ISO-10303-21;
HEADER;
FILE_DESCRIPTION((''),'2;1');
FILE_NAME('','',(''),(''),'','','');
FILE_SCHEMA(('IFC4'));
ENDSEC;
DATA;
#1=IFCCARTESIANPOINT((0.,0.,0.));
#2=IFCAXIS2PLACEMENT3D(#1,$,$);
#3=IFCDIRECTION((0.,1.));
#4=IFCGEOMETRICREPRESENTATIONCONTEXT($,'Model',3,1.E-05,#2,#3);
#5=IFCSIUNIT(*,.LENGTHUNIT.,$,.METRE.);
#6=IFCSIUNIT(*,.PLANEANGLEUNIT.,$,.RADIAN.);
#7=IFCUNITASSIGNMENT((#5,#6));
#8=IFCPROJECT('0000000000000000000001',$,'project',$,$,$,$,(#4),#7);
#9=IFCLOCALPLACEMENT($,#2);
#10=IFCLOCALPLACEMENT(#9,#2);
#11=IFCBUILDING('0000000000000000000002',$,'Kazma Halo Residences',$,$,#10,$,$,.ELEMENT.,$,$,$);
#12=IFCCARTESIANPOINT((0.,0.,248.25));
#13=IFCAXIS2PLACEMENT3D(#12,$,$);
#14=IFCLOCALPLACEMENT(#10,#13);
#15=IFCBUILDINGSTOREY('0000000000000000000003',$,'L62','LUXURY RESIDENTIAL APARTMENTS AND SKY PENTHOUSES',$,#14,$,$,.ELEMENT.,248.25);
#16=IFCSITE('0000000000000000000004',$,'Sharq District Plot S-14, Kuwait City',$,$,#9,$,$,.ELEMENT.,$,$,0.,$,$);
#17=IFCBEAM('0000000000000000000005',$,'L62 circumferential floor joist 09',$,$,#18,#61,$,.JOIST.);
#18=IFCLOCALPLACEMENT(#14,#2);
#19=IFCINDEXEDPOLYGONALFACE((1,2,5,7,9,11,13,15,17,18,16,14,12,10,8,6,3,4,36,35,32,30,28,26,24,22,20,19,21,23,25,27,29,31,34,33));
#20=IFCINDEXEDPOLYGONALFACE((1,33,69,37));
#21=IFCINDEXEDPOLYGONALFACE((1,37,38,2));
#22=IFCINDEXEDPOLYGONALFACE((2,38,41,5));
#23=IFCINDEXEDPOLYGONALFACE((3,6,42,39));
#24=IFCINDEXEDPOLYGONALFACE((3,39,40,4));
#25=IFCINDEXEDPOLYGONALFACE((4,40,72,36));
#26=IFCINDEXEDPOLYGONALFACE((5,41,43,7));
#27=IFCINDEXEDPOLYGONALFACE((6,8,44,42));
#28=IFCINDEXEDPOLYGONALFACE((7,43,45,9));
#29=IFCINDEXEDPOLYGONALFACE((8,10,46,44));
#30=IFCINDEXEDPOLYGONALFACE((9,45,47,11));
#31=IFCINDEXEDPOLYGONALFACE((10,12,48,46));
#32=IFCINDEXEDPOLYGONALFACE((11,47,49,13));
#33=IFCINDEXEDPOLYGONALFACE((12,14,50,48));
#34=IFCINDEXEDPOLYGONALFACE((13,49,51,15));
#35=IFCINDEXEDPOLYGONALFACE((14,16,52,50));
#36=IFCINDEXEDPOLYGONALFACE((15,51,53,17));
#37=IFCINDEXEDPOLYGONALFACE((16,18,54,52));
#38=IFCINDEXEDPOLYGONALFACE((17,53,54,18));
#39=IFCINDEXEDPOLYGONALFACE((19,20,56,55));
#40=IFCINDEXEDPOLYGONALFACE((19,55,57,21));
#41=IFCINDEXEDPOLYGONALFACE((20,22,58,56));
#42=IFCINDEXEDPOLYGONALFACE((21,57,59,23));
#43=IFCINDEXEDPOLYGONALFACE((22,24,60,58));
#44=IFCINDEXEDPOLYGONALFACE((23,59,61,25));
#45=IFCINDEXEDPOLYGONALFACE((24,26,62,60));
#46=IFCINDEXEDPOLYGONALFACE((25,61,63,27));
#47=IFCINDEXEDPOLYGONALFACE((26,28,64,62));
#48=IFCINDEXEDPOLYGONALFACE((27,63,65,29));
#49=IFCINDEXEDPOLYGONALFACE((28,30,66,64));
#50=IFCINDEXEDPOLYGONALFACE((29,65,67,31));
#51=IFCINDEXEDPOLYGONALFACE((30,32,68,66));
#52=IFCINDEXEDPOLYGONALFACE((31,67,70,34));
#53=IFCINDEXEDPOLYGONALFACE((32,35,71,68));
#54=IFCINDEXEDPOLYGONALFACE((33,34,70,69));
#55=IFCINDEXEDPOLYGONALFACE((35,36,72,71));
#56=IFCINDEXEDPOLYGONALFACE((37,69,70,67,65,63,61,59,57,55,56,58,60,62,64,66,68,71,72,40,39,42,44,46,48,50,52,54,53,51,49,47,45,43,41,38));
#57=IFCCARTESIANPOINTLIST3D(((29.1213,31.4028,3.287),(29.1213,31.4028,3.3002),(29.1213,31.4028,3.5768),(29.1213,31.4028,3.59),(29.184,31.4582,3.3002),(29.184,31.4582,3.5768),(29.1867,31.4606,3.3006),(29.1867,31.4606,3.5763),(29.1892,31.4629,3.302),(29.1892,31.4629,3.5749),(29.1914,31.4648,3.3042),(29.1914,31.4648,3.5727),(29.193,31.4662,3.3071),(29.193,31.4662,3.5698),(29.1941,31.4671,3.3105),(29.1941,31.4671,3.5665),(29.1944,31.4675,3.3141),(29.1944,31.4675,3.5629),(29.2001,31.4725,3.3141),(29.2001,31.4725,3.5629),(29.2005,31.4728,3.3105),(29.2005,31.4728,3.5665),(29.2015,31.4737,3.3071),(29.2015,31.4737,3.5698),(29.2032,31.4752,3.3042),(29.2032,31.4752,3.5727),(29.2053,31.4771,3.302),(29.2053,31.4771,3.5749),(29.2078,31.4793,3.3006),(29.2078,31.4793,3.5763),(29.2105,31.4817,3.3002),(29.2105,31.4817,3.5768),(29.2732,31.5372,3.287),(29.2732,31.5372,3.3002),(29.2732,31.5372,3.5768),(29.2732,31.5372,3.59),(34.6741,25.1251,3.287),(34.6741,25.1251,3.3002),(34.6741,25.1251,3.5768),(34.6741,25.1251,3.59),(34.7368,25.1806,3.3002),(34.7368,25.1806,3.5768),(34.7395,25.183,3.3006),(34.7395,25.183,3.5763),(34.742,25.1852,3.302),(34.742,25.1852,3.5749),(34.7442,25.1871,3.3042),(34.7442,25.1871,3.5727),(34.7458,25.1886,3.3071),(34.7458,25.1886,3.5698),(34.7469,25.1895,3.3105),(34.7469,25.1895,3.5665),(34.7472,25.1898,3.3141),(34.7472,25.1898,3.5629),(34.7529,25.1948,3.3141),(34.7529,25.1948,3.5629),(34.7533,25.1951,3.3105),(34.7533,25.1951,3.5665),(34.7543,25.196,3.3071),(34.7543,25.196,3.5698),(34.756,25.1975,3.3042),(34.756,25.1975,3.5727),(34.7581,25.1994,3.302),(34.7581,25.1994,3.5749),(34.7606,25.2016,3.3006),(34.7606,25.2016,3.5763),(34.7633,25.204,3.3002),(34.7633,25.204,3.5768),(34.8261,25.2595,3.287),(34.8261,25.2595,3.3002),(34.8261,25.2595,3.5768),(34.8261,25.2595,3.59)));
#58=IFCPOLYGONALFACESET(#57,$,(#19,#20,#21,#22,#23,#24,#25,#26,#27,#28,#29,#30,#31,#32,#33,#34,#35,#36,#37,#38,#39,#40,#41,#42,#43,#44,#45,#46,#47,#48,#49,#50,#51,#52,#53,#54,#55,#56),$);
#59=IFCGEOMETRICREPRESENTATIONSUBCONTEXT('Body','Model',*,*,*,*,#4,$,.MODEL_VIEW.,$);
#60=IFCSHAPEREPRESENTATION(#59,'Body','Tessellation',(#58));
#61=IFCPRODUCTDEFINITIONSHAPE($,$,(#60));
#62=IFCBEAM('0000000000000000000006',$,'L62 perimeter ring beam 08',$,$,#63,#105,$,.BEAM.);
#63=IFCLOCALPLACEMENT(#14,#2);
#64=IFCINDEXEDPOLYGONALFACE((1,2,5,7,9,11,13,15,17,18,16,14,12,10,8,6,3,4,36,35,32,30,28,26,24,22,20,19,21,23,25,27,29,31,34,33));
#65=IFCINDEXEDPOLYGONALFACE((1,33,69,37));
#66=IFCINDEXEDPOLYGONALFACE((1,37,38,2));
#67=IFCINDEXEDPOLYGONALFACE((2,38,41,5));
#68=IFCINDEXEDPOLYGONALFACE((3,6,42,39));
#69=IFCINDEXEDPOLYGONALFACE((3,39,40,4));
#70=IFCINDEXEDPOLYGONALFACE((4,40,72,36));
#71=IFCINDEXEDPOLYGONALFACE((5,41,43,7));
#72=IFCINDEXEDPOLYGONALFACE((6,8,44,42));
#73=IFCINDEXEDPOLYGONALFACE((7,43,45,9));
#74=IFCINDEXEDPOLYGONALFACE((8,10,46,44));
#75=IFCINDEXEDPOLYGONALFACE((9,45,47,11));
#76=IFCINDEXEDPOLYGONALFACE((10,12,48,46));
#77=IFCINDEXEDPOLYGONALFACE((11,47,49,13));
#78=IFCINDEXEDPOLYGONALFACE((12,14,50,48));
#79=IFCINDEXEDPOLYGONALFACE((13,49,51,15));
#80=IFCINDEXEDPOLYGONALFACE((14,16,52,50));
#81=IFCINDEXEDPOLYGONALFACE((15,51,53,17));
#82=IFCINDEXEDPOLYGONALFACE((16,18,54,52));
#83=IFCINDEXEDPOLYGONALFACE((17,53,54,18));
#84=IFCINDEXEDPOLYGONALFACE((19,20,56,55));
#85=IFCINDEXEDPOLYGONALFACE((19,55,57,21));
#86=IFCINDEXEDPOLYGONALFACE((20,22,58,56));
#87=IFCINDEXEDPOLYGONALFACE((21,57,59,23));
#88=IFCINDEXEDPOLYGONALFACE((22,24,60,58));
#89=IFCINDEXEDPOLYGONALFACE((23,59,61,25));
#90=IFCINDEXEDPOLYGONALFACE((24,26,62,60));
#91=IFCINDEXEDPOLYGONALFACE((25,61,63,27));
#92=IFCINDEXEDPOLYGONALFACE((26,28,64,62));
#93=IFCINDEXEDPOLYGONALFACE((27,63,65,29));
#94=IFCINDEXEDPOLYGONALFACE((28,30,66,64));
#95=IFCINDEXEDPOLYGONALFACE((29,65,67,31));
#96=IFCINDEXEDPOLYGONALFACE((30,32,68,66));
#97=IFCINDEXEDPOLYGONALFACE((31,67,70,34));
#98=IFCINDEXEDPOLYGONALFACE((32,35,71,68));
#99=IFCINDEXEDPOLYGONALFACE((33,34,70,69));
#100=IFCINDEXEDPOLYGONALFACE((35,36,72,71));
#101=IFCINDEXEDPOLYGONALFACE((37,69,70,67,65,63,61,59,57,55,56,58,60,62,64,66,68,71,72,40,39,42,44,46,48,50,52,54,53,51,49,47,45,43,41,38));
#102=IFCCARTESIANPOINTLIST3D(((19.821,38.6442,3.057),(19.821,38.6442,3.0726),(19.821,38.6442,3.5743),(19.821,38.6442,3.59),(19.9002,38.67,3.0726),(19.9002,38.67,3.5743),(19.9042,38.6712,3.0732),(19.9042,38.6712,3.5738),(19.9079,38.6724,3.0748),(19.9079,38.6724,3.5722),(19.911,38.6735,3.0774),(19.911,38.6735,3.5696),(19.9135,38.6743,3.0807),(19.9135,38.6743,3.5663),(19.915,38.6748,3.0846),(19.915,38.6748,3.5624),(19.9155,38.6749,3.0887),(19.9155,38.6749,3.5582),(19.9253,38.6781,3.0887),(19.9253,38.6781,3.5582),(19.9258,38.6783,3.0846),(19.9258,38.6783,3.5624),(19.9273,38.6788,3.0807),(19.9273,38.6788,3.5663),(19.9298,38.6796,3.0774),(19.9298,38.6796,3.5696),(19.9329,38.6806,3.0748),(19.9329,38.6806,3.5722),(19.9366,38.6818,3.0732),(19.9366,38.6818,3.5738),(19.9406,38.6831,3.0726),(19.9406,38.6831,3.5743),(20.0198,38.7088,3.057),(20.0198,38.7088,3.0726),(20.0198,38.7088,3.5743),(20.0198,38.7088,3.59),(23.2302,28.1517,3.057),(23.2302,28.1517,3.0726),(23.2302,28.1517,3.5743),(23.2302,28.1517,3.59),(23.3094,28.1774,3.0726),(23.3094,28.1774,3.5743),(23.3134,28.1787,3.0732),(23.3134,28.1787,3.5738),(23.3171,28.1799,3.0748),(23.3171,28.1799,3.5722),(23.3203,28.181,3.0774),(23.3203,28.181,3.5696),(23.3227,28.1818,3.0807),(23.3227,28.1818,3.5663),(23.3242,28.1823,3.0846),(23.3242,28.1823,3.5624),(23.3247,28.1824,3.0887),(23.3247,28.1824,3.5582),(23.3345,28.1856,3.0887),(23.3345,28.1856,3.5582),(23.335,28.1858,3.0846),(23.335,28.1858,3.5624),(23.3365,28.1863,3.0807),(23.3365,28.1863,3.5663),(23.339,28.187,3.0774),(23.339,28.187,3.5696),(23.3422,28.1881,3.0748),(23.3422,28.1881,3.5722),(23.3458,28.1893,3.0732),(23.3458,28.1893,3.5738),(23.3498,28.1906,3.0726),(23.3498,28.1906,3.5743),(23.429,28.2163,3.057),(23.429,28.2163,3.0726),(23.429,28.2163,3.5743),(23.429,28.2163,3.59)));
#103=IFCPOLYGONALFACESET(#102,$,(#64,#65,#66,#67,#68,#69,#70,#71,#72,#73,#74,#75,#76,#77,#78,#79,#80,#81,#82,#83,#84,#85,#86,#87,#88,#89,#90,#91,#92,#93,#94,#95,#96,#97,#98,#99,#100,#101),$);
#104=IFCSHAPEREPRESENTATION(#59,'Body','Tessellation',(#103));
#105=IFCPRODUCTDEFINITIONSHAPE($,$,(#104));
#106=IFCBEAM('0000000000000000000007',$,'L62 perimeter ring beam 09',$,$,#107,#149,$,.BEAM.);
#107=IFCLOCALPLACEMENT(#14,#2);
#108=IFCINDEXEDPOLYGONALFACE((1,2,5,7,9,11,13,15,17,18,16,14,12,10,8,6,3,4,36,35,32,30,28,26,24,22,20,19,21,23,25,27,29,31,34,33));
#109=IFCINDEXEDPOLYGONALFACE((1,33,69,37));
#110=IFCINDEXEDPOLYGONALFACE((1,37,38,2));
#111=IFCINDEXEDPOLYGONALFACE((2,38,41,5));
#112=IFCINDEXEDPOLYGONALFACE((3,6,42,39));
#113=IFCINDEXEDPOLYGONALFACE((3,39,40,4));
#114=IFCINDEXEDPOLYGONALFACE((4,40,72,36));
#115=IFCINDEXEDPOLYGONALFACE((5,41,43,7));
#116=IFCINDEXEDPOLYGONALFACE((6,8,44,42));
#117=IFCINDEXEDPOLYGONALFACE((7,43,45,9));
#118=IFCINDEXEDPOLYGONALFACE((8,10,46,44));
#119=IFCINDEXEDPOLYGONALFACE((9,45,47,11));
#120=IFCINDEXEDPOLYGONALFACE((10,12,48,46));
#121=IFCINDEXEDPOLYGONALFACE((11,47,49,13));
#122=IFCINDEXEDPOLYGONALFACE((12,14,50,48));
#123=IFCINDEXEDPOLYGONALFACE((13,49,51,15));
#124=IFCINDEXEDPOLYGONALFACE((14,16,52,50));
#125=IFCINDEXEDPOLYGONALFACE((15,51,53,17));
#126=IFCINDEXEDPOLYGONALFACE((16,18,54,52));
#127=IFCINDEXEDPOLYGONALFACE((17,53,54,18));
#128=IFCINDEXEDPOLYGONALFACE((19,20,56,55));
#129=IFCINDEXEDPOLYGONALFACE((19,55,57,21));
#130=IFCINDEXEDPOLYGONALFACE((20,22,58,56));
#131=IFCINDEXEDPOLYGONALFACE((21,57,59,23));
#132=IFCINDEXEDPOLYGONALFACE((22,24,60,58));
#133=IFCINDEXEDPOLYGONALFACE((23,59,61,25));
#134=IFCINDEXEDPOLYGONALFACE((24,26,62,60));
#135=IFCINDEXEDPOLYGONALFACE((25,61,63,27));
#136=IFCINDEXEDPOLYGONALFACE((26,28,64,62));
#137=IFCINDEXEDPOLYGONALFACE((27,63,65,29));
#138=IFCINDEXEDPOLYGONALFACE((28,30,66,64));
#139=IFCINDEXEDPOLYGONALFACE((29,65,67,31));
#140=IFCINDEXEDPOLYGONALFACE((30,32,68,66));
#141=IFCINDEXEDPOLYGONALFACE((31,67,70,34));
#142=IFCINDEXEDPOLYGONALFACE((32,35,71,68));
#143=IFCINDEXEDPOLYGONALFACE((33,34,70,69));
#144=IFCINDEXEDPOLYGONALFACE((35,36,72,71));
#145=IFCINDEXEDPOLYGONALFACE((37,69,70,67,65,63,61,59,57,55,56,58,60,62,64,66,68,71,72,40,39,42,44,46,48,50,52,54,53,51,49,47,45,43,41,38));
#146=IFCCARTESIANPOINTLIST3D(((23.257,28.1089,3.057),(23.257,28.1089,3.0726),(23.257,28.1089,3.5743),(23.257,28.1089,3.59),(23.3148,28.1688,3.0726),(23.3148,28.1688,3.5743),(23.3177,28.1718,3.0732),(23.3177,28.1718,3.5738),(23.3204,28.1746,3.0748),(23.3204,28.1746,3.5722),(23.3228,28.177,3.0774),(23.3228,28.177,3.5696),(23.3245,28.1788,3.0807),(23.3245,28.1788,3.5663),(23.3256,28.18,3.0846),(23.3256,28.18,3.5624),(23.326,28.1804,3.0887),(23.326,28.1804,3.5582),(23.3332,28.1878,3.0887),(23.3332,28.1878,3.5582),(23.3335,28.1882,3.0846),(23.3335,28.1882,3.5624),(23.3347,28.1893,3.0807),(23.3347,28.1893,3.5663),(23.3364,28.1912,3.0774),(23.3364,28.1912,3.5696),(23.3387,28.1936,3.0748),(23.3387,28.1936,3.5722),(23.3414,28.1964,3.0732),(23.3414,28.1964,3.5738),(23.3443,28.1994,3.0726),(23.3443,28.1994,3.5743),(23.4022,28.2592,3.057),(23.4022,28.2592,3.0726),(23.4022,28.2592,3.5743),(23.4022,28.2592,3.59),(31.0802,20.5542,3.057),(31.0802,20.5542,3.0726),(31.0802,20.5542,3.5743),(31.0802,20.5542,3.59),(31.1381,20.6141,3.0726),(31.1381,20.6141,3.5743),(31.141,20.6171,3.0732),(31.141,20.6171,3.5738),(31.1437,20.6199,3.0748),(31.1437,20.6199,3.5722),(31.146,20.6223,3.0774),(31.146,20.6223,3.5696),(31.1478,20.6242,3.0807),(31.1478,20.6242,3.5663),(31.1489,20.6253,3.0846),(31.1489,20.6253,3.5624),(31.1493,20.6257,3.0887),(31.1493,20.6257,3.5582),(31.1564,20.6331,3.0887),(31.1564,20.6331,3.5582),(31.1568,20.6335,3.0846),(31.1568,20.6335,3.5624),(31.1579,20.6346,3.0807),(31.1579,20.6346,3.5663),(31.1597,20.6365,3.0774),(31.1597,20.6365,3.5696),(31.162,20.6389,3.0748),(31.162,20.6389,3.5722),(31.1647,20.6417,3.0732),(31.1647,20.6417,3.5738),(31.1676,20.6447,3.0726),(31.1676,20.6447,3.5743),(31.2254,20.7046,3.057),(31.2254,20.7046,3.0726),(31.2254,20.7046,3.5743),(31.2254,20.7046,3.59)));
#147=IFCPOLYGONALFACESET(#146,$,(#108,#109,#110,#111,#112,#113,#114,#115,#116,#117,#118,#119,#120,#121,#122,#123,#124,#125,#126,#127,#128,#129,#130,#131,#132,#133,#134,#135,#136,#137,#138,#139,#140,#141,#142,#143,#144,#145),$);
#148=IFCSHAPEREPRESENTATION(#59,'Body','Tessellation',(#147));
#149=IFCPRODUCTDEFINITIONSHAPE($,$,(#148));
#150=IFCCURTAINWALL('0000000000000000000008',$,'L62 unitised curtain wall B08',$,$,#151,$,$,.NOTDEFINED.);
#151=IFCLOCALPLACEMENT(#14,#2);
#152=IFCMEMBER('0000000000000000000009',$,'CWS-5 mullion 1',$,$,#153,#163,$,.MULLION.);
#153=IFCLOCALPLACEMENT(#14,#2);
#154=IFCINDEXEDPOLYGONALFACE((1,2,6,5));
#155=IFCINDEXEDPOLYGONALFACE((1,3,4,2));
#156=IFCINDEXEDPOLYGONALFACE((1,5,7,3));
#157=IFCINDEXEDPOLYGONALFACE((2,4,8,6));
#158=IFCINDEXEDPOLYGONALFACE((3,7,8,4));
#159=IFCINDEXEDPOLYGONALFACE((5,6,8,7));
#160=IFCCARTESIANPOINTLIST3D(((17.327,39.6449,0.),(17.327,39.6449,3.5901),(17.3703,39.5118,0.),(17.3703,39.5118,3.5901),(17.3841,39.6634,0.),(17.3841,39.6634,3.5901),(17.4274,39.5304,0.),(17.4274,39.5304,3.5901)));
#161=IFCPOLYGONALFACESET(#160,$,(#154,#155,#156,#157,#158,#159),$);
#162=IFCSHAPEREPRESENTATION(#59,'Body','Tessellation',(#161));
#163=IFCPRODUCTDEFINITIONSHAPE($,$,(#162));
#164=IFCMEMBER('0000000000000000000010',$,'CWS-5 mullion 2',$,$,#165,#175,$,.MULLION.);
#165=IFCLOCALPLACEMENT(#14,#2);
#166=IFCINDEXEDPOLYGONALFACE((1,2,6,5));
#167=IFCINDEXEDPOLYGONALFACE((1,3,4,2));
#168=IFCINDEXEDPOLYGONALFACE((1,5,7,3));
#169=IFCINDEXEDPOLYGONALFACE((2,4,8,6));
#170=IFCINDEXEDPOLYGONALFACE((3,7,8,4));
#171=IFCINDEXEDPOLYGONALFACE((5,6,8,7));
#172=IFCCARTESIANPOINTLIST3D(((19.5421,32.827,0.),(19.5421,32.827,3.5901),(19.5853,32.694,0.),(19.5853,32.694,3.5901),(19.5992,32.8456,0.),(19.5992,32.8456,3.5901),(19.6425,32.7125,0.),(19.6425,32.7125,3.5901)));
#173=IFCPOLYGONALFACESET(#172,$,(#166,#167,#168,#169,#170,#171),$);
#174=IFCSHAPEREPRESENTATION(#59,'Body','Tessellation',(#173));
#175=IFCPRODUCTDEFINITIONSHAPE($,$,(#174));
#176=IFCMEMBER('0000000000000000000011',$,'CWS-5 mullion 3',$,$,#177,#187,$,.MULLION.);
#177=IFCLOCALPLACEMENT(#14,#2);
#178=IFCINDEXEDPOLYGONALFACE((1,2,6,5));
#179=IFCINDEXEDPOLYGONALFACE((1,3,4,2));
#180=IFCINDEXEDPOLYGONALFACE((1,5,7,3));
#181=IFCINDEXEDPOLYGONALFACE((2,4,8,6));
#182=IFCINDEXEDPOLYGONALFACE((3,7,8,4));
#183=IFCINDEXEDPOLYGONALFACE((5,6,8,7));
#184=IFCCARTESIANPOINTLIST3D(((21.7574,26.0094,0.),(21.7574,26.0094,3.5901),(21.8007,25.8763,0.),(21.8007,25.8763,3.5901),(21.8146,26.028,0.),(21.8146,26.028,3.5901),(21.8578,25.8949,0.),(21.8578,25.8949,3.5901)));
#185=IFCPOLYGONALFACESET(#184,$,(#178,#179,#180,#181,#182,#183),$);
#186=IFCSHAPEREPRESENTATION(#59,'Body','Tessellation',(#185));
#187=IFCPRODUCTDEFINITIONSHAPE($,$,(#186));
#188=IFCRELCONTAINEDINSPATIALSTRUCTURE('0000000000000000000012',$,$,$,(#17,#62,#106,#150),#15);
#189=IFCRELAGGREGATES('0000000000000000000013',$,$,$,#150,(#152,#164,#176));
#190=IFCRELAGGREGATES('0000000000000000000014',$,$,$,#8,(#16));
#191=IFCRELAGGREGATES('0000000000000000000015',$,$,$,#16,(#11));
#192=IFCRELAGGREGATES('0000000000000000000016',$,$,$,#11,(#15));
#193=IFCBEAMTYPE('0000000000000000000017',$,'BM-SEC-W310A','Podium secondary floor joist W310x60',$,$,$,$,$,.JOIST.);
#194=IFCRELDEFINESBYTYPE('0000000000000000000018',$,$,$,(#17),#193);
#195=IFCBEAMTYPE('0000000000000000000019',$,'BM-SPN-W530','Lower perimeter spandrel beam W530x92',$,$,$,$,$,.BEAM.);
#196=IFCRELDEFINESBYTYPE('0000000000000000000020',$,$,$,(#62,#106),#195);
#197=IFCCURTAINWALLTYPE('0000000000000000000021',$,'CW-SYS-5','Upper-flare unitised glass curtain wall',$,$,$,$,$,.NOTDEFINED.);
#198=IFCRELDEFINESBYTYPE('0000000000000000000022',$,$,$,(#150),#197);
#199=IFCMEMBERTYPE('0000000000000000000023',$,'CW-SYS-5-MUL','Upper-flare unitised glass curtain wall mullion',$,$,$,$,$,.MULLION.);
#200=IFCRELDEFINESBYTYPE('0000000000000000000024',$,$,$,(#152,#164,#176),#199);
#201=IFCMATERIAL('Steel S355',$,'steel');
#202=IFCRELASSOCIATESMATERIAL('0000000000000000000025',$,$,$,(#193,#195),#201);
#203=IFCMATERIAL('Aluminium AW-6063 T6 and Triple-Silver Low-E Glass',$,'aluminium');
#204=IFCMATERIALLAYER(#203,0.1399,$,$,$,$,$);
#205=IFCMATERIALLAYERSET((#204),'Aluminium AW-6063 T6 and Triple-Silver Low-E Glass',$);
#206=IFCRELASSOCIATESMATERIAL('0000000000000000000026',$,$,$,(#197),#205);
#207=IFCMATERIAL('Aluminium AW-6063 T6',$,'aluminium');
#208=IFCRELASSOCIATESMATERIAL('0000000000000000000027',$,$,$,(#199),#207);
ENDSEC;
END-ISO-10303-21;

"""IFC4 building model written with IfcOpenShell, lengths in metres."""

from ifc_helpers import new_model, si_unit, direction, frame, origin, origin_2d, place, context, subcontext, project, spatial, rectangle, i_section, extrude, material, layer, layer_set, material_profile, profile_set, type_object, element, aggregate, save


model = new_model("IFC4")

# Units and contexts
model_context = context("Model", 3, precision=1e-05, world=origin(), true_north=direction((0.0, 1.0)))
body_context = subcontext(model_context, "Body", "Model", "MODEL_VIEW")
ifc_project = project(units=[si_unit("LENGTHUNIT", "METRE"), si_unit("PLANEANGLEUNIT", "RADIAN")], contexts=[model_context])

# Site, building, storey
site_placement = place(None, origin())
site = spatial("IfcSite", under=ifc_project, at=site_placement, Name="Sharq District Plot S-14, Kuwait City", CompositionType="ELEMENT", RefElevation=0.0)
building_placement = place(site_placement, origin())
building = spatial("IfcBuilding", under=site, at=building_placement, Name="Kazma Halo Residences", CompositionType="ELEMENT")
storey_placement = place(building_placement, frame((0.0, 0.0, 248.25)))
storey = spatial("IfcBuildingStorey", under=building, at=storey_placement, Name="L62", Description="LUXURY RESIDENTIAL APARTMENTS AND SKY PENTHOUSES", CompositionType="ELEMENT", Elevation=248.25)

# Beams
ifc_material_1 = material(Name="Steel S355", Category="steel")
ifc_material_profile_1 = material_profile(ifc_material_1, i_section(OverallWidth=0.2029, OverallDepth=0.303, WebThickness=0.0076, FlangeThickness=0.0132, FilletRadius=0.0139, at=origin_2d()), Name="W310x60")
ifc_profile_set_1 = profile_set([ifc_material_profile_1], Name="Steel S355")
beam_type_1 = type_object("IfcBeamType", Name="BM-SEC-W310A", Description="Podium secondary floor joist W310x60", PredefinedType="JOIST", material=ifc_profile_set_1)
beam_1_placement = place(storey_placement, frame((29.1973, 31.47, 3.4385), z_axis=(0.662539, -0.749027, 0.0), x_axis=(0.749027, 0.662539, 0.0)))
element("IfcBeam", 1, at=beam_1_placement, inside=storey, type_object=beam_type_1, Name="L62 circumferential floor joist 09", PredefinedType="JOIST", context=body_context, shape_type="SweptSolid", body=[
    extrude(i_section(OverallWidth=0.2029, OverallDepth=0.303, WebThickness=0.0076, FlangeThickness=0.0132, FilletRadius=0.0139, at=origin_2d()), origin(), (0.0, 0.0, 1.0), 8.3811),
])
ifc_material_profile_2 = material_profile(ifc_material_1, i_section(OverallWidth=0.209, OverallDepth=0.533, WebThickness=0.0103, FlangeThickness=0.0156, FilletRadius=0.0161, at=origin_2d()), Name="W530x92")
ifc_profile_set_2 = profile_set([ifc_material_profile_2], Name="Steel S355")
beam_type_2 = type_object("IfcBeamType", Name="BM-SPN-W530", Description="Lower perimeter spandrel beam W530x92", PredefinedType="BEAM", material=ifc_profile_set_2)
beam_2_placement = place(storey_placement, frame((19.9204, 38.6765, 3.3235), z_axis=(0.309016, -0.951057, 0.0), x_axis=(0.951057, 0.309016, 0.0)))
element("IfcBeam", 2, at=beam_2_placement, inside=storey, type_object=beam_type_2, Name="L62 perimeter ring beam 08", PredefinedType="BEAM", context=body_context, shape_type="SweptSolid", body=[
    extrude(i_section(OverallWidth=0.209, OverallDepth=0.533, WebThickness=0.0103, FlangeThickness=0.0156, FilletRadius=0.0161, at=origin_2d()), origin(), (0.0, 0.0, 1.0), 11.0325),
])
beam_3_placement = place(storey_placement, frame((23.3296, 28.1841, 3.3235), z_axis=(0.719346, -0.694652, 0.0), x_axis=(0.694652, 0.719346, 0.0)))
element("IfcBeam", 3, at=beam_3_placement, inside=storey, type_object=beam_type_2, Name="L62 perimeter ring beam 09", PredefinedType="BEAM", context=body_context, shape_type="SweptSolid", body=[
    extrude(i_section(OverallWidth=0.209, OverallDepth=0.533, WebThickness=0.0103, FlangeThickness=0.0156, FilletRadius=0.0161, at=origin_2d()), origin(), (0.0, 0.0, 1.0), 10.8755),
])

# Curtain wall, members
ifc_material_2 = material(Name="Aluminium AW-6063 T6 and Triple-Silver Low-E Glass", Category="aluminium")
ifc_layer_1 = layer(ifc_material_2, 0.1399)
ifc_layer_set_1 = layer_set([ifc_layer_1], Name="Aluminium AW-6063 T6 and Triple-Silver Low-E Glass")
curtain_wall_type = type_object("IfcCurtainWallType", Name="CW-SYS-5", Description="Upper-flare unitised glass curtain wall", PredefinedType="NOTDEFINED", material=ifc_layer_set_1)
curtain_wall_placement = place(storey_placement, origin())
curtain_wall = element("IfcCurtainWall", 4, at=curtain_wall_placement, inside=storey, type_object=curtain_wall_type, Name="L62 unitised curtain wall B08", PredefinedType="NOTDEFINED")
ifc_material_3 = material(Name="Aluminium AW-6063 T6", Category="aluminium")
ifc_material_profile_3 = material_profile(ifc_material_3, rectangle(XDim=0.0601, YDim=0.1399, at=origin_2d()), Name="CWM-60x140")
ifc_profile_set_3 = profile_set([ifc_material_profile_3], Name="Aluminium AW-6063 T6")
member_type_1 = type_object("IfcMemberType", Name="CW-SYS-5-MUL", Description="Upper-flare unitised glass curtain wall mullion", PredefinedType="MULLION", material=ifc_profile_set_3)
member_1_placement = place(storey_placement, frame((17.3772, 39.5876, 0.0), z_axis=(0.0, 0.0, 1.0), x_axis=(0.951058, 0.309011, 0.0)))
member_1 = element("IfcMember", 5, at=member_1_placement, type_object=member_type_1, Name="CWS-5 mullion 1", PredefinedType="MULLION", context=body_context, shape_type="SweptSolid", body=[
    extrude(rectangle(XDim=0.0601, YDim=0.1399, at=origin_2d()), origin(), (0.0, 0.0, 1.0), 3.5901),
])
member_2_placement = place(storey_placement, frame((19.5923, 32.7698, 0.0), z_axis=(0.0, 0.0, 1.0), x_axis=(0.951058, 0.309011, 0.0)))
member_2 = element("IfcMember", 6, at=member_2_placement, type_object=member_type_1, Name="CWS-5 mullion 2", PredefinedType="MULLION", context=body_context, shape_type="SweptSolid", body=[
    extrude(rectangle(XDim=0.0601, YDim=0.1399, at=origin_2d()), origin(), (0.0, 0.0, 1.0), 3.5901),
])
member_3_placement = place(storey_placement, frame((21.8076, 25.9521, 0.0), z_axis=(0.0, 0.0, 1.0), x_axis=(0.951058, 0.309011, 0.0)))
member_3 = element("IfcMember", 7, at=member_3_placement, type_object=member_type_1, Name="CWS-5 mullion 3", PredefinedType="MULLION", context=body_context, shape_type="SweptSolid", body=[
    extrude(rectangle(XDim=0.0601, YDim=0.1399, at=origin_2d()), origin(), (0.0, 0.0, 1.0), 3.5901),
])
aggregate(curtain_wall, [member_1, member_2, member_3])

save(model, "model.ifc")
